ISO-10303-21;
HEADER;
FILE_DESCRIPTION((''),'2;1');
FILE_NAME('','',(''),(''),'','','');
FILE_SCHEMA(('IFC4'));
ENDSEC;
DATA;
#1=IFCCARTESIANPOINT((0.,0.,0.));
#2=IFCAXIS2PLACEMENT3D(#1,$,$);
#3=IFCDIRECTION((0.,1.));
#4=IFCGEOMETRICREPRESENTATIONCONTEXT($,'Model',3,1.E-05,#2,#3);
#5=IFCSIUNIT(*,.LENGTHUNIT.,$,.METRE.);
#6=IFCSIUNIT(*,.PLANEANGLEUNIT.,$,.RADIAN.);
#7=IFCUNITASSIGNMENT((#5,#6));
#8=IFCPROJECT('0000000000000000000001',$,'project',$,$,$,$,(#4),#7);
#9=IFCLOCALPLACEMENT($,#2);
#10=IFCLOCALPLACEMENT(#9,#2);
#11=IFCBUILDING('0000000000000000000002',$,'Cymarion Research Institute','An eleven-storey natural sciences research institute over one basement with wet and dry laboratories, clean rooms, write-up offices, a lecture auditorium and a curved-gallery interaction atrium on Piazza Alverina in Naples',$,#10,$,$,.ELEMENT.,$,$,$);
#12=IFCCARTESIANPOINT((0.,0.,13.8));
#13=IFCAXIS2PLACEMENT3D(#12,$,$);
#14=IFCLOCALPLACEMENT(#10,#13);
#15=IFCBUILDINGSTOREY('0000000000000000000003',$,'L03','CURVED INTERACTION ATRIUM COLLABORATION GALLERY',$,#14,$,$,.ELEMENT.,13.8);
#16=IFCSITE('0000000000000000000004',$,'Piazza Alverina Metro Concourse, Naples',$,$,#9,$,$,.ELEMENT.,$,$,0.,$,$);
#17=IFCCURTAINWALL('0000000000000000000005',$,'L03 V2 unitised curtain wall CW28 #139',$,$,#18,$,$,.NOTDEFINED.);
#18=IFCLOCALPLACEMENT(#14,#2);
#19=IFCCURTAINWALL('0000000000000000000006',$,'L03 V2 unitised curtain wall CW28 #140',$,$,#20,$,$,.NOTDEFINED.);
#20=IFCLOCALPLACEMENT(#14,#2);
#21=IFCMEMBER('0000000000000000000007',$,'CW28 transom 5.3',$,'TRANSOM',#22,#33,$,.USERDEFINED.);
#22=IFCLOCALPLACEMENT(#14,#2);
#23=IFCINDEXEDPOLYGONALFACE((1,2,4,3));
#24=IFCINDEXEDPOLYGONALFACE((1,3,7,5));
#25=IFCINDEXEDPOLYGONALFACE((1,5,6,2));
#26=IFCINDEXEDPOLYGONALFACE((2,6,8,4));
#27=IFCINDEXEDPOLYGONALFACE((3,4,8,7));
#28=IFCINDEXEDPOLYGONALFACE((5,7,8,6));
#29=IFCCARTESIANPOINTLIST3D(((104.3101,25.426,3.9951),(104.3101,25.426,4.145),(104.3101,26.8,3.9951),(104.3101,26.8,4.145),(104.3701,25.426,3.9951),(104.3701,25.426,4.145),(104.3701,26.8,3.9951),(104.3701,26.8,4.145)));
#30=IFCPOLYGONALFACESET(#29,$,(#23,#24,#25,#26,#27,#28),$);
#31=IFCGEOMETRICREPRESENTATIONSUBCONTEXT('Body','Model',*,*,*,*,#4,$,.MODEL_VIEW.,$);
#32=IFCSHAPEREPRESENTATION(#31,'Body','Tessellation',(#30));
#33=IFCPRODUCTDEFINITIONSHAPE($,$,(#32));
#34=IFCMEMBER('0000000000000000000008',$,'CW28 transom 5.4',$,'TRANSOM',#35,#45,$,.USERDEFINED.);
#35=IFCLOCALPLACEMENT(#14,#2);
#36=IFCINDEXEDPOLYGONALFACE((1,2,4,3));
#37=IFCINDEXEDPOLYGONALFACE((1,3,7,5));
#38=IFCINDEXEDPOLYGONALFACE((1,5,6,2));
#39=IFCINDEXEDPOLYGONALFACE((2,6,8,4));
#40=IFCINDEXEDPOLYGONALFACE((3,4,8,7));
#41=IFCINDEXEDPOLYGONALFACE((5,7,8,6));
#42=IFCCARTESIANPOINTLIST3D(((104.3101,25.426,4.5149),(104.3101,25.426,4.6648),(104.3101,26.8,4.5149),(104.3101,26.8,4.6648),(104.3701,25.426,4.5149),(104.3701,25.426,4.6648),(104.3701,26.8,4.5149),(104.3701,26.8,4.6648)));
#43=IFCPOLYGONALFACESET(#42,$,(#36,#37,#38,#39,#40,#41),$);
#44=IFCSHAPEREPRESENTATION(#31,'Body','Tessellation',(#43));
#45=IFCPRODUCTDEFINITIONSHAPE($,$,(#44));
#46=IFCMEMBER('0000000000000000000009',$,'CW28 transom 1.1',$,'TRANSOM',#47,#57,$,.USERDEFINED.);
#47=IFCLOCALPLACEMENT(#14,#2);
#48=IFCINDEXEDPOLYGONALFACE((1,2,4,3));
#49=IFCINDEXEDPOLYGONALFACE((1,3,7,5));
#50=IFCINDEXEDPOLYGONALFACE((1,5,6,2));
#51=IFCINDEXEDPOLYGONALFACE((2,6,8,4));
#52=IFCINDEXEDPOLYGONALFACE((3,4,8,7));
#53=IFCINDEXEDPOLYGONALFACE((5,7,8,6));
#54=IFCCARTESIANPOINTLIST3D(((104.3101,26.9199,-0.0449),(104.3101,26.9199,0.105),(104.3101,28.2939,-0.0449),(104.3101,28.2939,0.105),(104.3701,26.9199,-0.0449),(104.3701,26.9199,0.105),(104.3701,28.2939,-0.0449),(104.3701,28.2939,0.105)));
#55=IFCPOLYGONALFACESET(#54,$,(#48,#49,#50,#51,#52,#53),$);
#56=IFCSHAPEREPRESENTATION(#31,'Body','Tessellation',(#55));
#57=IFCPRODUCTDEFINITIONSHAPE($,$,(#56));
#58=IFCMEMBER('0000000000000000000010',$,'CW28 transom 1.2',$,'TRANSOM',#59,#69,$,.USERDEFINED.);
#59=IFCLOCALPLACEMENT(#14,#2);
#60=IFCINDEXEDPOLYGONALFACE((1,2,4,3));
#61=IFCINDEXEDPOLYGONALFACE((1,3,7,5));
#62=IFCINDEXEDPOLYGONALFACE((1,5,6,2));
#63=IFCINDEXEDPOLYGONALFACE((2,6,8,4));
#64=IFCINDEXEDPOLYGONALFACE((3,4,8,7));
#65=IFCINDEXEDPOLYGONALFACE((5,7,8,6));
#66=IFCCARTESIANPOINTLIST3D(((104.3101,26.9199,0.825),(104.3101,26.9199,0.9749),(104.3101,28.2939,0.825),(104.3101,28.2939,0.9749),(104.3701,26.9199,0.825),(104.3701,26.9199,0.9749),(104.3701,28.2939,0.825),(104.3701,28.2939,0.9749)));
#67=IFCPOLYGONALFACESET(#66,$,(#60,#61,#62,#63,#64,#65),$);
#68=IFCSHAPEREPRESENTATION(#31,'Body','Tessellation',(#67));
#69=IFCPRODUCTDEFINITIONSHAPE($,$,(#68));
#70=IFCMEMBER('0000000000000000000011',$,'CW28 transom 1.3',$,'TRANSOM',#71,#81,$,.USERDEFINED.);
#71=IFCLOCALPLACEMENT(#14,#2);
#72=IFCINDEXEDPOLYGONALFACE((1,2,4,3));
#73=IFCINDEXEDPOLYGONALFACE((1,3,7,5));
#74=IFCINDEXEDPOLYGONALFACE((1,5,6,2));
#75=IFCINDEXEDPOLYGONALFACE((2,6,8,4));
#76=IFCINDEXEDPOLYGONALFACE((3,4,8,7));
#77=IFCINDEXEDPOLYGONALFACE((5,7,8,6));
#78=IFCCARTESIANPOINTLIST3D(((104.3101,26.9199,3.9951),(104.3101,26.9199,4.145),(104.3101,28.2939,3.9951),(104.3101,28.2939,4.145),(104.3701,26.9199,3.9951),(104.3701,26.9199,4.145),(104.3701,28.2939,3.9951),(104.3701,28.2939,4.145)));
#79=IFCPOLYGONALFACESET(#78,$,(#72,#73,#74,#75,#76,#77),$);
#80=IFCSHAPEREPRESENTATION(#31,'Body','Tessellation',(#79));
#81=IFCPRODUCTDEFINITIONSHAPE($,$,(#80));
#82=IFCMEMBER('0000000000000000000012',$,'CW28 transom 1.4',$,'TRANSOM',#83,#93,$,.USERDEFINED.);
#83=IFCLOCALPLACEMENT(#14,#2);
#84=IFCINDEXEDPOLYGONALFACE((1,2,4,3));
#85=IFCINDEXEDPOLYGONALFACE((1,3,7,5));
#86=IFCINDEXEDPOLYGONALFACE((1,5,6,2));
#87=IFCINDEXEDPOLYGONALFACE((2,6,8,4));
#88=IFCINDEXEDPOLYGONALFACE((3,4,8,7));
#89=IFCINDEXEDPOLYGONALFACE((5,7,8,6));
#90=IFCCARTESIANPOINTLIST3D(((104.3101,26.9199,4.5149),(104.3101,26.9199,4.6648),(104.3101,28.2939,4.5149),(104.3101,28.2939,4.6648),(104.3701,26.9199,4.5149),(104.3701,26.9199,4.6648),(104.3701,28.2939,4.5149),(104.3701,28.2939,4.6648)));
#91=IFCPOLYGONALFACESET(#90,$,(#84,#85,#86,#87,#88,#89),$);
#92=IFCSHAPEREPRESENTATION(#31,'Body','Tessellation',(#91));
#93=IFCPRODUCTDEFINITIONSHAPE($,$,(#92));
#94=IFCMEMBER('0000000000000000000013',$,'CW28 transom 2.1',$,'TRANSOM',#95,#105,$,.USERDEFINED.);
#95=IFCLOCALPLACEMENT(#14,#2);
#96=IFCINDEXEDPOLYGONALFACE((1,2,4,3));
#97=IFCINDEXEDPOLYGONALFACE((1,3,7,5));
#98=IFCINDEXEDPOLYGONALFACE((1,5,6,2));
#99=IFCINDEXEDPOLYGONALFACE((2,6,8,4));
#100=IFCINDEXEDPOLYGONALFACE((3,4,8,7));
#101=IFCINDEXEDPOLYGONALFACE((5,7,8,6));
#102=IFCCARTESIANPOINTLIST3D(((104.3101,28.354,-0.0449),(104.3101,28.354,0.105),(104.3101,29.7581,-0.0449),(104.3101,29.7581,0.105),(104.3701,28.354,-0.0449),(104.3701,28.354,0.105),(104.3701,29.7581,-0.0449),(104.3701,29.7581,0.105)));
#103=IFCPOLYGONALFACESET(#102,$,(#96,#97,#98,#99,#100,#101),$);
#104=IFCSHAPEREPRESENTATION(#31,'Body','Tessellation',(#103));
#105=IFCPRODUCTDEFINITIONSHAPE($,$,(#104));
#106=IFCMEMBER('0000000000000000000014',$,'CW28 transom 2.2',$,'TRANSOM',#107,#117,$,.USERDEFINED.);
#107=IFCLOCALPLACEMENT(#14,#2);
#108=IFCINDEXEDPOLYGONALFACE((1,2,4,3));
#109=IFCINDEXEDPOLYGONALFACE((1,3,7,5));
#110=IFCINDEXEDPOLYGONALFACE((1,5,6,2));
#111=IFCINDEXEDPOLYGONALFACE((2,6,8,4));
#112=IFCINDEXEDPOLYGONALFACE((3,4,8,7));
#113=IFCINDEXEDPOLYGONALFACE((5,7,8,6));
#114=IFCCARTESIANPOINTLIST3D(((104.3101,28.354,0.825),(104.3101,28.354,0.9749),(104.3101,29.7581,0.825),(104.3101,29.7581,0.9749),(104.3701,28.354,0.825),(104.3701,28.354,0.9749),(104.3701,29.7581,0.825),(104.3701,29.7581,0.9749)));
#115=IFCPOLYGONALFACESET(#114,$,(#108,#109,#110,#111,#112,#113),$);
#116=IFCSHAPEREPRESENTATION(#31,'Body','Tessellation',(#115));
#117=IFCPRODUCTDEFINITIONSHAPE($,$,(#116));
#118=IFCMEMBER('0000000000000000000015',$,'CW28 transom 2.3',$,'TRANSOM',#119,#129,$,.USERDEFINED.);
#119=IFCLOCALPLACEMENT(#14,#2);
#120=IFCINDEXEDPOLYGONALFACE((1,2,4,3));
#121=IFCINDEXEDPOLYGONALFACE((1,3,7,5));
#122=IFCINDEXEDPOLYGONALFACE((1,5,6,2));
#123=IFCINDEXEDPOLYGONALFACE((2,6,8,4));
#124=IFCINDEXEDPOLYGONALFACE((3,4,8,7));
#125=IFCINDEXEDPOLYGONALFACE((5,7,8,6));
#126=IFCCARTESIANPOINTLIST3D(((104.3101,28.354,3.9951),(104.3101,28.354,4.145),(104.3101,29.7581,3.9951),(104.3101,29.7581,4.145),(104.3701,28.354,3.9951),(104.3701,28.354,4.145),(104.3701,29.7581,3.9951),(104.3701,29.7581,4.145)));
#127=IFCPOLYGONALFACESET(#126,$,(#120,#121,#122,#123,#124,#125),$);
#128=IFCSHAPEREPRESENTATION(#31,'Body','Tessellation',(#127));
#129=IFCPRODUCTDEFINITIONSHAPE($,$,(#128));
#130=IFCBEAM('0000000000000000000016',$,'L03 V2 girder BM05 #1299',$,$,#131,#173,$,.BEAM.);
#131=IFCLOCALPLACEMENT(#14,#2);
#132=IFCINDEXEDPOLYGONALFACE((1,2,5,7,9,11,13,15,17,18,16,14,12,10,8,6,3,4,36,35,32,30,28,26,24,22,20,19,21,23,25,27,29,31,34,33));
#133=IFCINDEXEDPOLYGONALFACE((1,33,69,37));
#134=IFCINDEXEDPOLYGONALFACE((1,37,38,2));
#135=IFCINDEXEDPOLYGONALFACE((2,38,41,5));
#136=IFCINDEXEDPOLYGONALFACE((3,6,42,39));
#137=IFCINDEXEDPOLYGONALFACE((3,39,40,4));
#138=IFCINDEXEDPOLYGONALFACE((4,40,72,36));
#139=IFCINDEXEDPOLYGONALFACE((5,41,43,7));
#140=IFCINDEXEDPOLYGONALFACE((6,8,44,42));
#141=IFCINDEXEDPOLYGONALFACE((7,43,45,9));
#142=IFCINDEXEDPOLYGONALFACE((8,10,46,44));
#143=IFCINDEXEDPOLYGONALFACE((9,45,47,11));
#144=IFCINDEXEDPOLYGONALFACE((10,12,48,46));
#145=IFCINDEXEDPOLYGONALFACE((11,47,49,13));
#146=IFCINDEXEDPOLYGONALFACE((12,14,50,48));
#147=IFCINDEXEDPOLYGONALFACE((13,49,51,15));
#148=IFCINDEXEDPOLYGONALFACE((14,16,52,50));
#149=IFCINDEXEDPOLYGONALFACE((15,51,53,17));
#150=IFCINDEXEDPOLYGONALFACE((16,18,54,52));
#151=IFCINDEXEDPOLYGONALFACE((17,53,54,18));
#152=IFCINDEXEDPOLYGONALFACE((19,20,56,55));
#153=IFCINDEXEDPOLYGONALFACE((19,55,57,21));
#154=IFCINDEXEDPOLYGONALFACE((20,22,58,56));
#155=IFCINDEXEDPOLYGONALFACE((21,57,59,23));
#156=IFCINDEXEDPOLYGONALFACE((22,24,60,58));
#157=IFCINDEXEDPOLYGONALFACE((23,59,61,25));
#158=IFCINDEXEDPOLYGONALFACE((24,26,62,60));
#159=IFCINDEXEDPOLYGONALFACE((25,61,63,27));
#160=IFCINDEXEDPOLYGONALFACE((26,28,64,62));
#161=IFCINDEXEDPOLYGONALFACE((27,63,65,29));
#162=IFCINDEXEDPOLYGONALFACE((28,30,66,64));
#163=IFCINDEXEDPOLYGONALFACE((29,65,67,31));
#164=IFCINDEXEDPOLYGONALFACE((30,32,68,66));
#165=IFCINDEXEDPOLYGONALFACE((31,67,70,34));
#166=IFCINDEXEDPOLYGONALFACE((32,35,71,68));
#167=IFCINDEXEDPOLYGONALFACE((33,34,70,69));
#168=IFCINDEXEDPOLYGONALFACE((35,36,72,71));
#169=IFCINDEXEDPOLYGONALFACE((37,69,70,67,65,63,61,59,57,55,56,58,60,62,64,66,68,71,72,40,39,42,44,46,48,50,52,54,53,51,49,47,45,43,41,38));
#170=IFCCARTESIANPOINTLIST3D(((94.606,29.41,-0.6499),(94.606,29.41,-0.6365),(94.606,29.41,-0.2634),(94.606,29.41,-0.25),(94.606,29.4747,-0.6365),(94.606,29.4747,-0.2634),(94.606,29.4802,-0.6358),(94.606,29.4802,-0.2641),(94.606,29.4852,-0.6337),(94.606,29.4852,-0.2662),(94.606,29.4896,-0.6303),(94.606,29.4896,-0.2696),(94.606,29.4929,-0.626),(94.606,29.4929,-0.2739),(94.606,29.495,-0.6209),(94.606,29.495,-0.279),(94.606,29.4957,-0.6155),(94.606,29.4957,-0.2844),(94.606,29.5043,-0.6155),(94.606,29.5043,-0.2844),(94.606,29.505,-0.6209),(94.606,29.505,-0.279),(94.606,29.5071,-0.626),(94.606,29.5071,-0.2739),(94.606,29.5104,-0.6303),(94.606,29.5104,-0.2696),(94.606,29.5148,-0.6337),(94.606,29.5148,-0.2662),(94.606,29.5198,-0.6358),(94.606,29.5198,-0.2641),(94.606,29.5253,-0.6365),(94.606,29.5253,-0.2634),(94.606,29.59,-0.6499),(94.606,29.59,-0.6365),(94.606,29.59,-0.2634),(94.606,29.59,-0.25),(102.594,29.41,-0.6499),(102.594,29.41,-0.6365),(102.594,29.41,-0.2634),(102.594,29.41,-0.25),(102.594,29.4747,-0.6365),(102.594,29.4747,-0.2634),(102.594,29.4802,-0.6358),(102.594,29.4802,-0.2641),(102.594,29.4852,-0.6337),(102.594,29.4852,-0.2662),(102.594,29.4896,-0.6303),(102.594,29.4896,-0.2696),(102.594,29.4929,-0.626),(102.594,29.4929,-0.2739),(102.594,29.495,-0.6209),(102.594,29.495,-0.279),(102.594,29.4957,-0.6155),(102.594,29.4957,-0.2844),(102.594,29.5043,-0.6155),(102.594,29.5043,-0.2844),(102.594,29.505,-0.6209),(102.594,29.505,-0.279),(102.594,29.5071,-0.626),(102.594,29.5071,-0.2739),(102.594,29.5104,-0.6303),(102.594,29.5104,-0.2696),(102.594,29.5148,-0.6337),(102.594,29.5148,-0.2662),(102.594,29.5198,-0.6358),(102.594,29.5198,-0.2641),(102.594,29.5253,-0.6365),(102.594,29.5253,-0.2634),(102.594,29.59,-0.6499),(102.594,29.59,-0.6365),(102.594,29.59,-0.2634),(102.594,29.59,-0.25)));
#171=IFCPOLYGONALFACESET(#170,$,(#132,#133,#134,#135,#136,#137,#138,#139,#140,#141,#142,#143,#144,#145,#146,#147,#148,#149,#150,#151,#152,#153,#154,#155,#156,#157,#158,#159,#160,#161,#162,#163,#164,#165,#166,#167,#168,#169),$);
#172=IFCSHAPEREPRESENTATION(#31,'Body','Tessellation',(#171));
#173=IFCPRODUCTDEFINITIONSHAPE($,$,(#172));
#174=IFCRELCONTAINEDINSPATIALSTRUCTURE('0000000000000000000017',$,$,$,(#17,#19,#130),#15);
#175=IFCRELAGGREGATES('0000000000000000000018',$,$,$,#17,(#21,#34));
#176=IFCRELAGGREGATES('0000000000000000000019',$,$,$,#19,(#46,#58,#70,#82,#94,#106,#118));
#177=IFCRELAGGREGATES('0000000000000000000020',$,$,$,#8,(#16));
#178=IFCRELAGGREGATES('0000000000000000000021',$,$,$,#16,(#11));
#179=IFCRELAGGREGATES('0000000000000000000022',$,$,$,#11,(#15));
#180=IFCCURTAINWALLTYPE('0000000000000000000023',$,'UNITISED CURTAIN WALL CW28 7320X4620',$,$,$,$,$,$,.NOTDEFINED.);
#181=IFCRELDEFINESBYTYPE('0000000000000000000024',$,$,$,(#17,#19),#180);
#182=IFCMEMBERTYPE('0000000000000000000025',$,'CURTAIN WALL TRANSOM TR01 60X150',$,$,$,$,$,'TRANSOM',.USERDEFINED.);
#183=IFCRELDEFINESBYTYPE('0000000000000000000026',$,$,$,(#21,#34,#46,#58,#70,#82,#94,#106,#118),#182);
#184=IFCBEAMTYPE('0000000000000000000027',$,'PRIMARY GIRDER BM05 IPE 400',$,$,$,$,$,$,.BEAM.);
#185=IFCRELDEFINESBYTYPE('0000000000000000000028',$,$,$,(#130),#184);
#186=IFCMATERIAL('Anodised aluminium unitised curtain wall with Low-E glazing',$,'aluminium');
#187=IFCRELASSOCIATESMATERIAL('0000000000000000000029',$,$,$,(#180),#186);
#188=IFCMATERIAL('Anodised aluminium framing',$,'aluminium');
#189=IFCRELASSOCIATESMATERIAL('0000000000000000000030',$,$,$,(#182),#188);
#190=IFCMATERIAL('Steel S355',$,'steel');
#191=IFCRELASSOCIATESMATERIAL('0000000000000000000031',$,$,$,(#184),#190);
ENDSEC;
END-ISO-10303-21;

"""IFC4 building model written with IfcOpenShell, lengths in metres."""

from ifc_helpers import new_model, si_unit, direction, frame, origin, origin_2d, place, context, subcontext, project, spatial, rectangle, i_section, extrude, material, material_profile, profile_set, type_object, element, aggregate, save


model = new_model("IFC4")

# Units and contexts
model_context = context("Model", 3, precision=1e-05, world=origin(), true_north=direction((0.0, 1.0)))
body_context = subcontext(model_context, "Body", "Model", "MODEL_VIEW")
ifc_project = project(units=[si_unit("LENGTHUNIT", "METRE"), si_unit("PLANEANGLEUNIT", "RADIAN")], contexts=[model_context])

# Site, building, storey
site_placement = place(None, origin())
site = spatial("IfcSite", under=ifc_project, at=site_placement, Name="Piazza Alverina Metro Concourse, Naples", CompositionType="ELEMENT", RefElevation=0.0)
building_placement = place(site_placement, origin())
building = spatial("IfcBuilding", under=site, at=building_placement, Name="Cymarion Research Institute", Description="An eleven-storey natural sciences research institute over one basement with wet and dry laboratories, clean rooms, write-up offices, a lecture auditorium and a curved-gallery interaction atrium on Piazza Alverina in Naples", CompositionType="ELEMENT")
storey_placement = place(building_placement, frame((0.0, 0.0, 13.8)))
storey = spatial("IfcBuildingStorey", under=building, at=storey_placement, Name="L03", Description="CURVED INTERACTION ATRIUM COLLABORATION GALLERY", CompositionType="ELEMENT", Elevation=13.8)

# Shared definitions
ifc_material_1 = material(Name="Steel S355", Category="steel")

# Curtain wall
ifc_material_2 = material(Name="Anodised aluminium unitised curtain wall with Low-E glazing", Category="aluminium")
curtain_wall_type = type_object("IfcCurtainWallType", Name="UNITISED CURTAIN WALL CW28 7320X4620", PredefinedType="NOTDEFINED", material=ifc_material_2)
curtain_wall_1_placement = place(storey_placement, origin())
curtain_wall_1 = element("IfcCurtainWall", 1, at=curtain_wall_1_placement, inside=storey, type_object=curtain_wall_type, Name="L03 V2 unitised curtain wall CW28 #139", PredefinedType="NOTDEFINED")
ifc_material_3 = material(Name="Anodised aluminium framing", Category="aluminium")

# Curtain wall
curtain_wall_2_placement = place(storey_placement, origin())
curtain_wall_2 = element("IfcCurtainWall", 2, at=curtain_wall_2_placement, inside=storey, type_object=curtain_wall_type, Name="L03 V2 unitised curtain wall CW28 #140", PredefinedType="NOTDEFINED")

# Members
ifc_material_profile_1 = material_profile(ifc_material_3, rectangle(XDim=0.0601, YDim=0.1499, at=origin_2d()), Name="ALU TRANSOM 60x150")
ifc_profile_set_1 = profile_set([ifc_material_profile_1], Name="Anodised aluminium framing")
member_type_1 = type_object("IfcMemberType", Name="CURTAIN WALL TRANSOM TR01 60X150", ElementType="TRANSOM", PredefinedType="USERDEFINED", material=ifc_profile_set_1)
member_1_placement = place(storey_placement, frame((104.3401, 25.426, 4.0701), z_axis=(0.0, 1.0, 0.0), x_axis=(-1.0, 0.0, 0.0)))
member_1 = element("IfcMember", 3, at=member_1_placement, type_object=member_type_1, Name="CW28 transom 5.3", ObjectType="TRANSOM", PredefinedType="USERDEFINED", context=body_context, shape_type="SweptSolid", body=[
    extrude(rectangle(XDim=0.0601, YDim=0.1499, at=origin_2d()), origin(), (0.0, 0.0, 1.0), 1.374),
])
member_2_placement = place(storey_placement, frame((104.3401, 25.426, 4.5898), z_axis=(0.0, 1.0, 0.0), x_axis=(-1.0, 0.0, 0.0)))
member_2 = element("IfcMember", 4, at=member_2_placement, type_object=member_type_1, Name="CW28 transom 5.4", ObjectType="TRANSOM", PredefinedType="USERDEFINED", context=body_context, shape_type="SweptSolid", body=[
    extrude(rectangle(XDim=0.0601, YDim=0.1499, at=origin_2d()), origin(), (0.0, 0.0, 1.0), 1.374),
])
member_3_placement = place(storey_placement, frame((104.3401, 26.9199, 0.03), z_axis=(0.0, 1.0, 0.0), x_axis=(-1.0, 0.0, 0.0)))
member_3 = element("IfcMember", 5, at=member_3_placement, type_object=member_type_1, Name="CW28 transom 1.1", ObjectType="TRANSOM", PredefinedType="USERDEFINED", context=body_context, shape_type="SweptSolid", body=[
    extrude(rectangle(XDim=0.0601, YDim=0.1499, at=origin_2d()), origin(), (0.0, 0.0, 1.0), 1.374),
])
member_4_placement = place(storey_placement, frame((104.3401, 26.9199, 0.8999), z_axis=(0.0, 1.0, 0.0), x_axis=(-1.0, 0.0, 0.0)))
member_4 = element("IfcMember", 6, at=member_4_placement, type_object=member_type_1, Name="CW28 transom 1.2", ObjectType="TRANSOM", PredefinedType="USERDEFINED", context=body_context, shape_type="SweptSolid", body=[
    extrude(rectangle(XDim=0.0601, YDim=0.1499, at=origin_2d()), origin(), (0.0, 0.0, 1.0), 1.374),
])
member_5_placement = place(storey_placement, frame((104.3401, 26.9199, 4.0701), z_axis=(0.0, 1.0, 0.0), x_axis=(-1.0, 0.0, 0.0)))
member_5 = element("IfcMember", 7, at=member_5_placement, type_object=member_type_1, Name="CW28 transom 1.3", ObjectType="TRANSOM", PredefinedType="USERDEFINED", context=body_context, shape_type="SweptSolid", body=[
    extrude(rectangle(XDim=0.0601, YDim=0.1499, at=origin_2d()), origin(), (0.0, 0.0, 1.0), 1.374),
])
member_6_placement = place(storey_placement, frame((104.3401, 26.9199, 4.5898), z_axis=(0.0, 1.0, 0.0), x_axis=(-1.0, 0.0, 0.0)))
member_6 = element("IfcMember", 8, at=member_6_placement, type_object=member_type_1, Name="CW28 transom 1.4", ObjectType="TRANSOM", PredefinedType="USERDEFINED", context=body_context, shape_type="SweptSolid", body=[
    extrude(rectangle(XDim=0.0601, YDim=0.1499, at=origin_2d()), origin(), (0.0, 0.0, 1.0), 1.374),
])
member_7_placement = place(storey_placement, frame((104.3401, 28.354, 0.03), z_axis=(0.0, 1.0, 0.0), x_axis=(-1.0, 0.0, 0.0)))
member_7 = element("IfcMember", 9, at=member_7_placement, type_object=member_type_1, Name="CW28 transom 2.1", ObjectType="TRANSOM", PredefinedType="USERDEFINED", context=body_context, shape_type="SweptSolid", body=[
    extrude(rectangle(XDim=0.0601, YDim=0.1499, at=origin_2d()), origin(), (0.0, 0.0, 1.0), 1.4041),
])
member_8_placement = place(storey_placement, frame((104.3401, 28.354, 0.8999), z_axis=(0.0, 1.0, 0.0), x_axis=(-1.0, 0.0, 0.0)))
member_8 = element("IfcMember", 10, at=member_8_placement, type_object=member_type_1, Name="CW28 transom 2.2", ObjectType="TRANSOM", PredefinedType="USERDEFINED", context=body_context, shape_type="SweptSolid", body=[
    extrude(rectangle(XDim=0.0601, YDim=0.1499, at=origin_2d()), origin(), (0.0, 0.0, 1.0), 1.4041),
])
member_9_placement = place(storey_placement, frame((104.3401, 28.354, 4.0701), z_axis=(0.0, 1.0, 0.0), x_axis=(-1.0, 0.0, 0.0)))
member_9 = element("IfcMember", 11, at=member_9_placement, type_object=member_type_1, Name="CW28 transom 2.3", ObjectType="TRANSOM", PredefinedType="USERDEFINED", context=body_context, shape_type="SweptSolid", body=[
    extrude(rectangle(XDim=0.0601, YDim=0.1499, at=origin_2d()), origin(), (0.0, 0.0, 1.0), 1.4041),
])

# Beam
ifc_material_profile_2 = material_profile(ifc_material_1, i_section(OverallWidth=0.1799, OverallDepth=0.3999, WebThickness=0.0085, FlangeThickness=0.0134, FilletRadius=0.021, at=origin_2d()), Name="IPE 400")
ifc_profile_set_2 = profile_set([ifc_material_profile_2], Name="Steel S355")
beam_type_1 = type_object("IfcBeamType", Name="PRIMARY GIRDER BM05 IPE 400", PredefinedType="BEAM", material=ifc_profile_set_2)
beam_1_placement = place(storey_placement, frame((94.606, 29.5, -0.45), z_axis=(1.0, 0.0, 0.0), x_axis=(0.0, 1.0, 0.0)))
element("IfcBeam", 12, at=beam_1_placement, inside=storey, type_object=beam_type_1, Name="L03 V2 girder BM05 #1299", PredefinedType="BEAM", context=body_context, shape_type="SweptSolid", body=[
    extrude(i_section(OverallWidth=0.1799, OverallDepth=0.3999, WebThickness=0.0085, FlangeThickness=0.0134, FilletRadius=0.021, at=origin_2d()), origin(), (0.0, 0.0, 1.0), 7.988),
])

aggregate(curtain_wall_1, [member_1, member_2])
aggregate(curtain_wall_2, [member_3, member_4, member_5, member_6, member_7, member_8, member_9])

save(model, "model.ifc")
